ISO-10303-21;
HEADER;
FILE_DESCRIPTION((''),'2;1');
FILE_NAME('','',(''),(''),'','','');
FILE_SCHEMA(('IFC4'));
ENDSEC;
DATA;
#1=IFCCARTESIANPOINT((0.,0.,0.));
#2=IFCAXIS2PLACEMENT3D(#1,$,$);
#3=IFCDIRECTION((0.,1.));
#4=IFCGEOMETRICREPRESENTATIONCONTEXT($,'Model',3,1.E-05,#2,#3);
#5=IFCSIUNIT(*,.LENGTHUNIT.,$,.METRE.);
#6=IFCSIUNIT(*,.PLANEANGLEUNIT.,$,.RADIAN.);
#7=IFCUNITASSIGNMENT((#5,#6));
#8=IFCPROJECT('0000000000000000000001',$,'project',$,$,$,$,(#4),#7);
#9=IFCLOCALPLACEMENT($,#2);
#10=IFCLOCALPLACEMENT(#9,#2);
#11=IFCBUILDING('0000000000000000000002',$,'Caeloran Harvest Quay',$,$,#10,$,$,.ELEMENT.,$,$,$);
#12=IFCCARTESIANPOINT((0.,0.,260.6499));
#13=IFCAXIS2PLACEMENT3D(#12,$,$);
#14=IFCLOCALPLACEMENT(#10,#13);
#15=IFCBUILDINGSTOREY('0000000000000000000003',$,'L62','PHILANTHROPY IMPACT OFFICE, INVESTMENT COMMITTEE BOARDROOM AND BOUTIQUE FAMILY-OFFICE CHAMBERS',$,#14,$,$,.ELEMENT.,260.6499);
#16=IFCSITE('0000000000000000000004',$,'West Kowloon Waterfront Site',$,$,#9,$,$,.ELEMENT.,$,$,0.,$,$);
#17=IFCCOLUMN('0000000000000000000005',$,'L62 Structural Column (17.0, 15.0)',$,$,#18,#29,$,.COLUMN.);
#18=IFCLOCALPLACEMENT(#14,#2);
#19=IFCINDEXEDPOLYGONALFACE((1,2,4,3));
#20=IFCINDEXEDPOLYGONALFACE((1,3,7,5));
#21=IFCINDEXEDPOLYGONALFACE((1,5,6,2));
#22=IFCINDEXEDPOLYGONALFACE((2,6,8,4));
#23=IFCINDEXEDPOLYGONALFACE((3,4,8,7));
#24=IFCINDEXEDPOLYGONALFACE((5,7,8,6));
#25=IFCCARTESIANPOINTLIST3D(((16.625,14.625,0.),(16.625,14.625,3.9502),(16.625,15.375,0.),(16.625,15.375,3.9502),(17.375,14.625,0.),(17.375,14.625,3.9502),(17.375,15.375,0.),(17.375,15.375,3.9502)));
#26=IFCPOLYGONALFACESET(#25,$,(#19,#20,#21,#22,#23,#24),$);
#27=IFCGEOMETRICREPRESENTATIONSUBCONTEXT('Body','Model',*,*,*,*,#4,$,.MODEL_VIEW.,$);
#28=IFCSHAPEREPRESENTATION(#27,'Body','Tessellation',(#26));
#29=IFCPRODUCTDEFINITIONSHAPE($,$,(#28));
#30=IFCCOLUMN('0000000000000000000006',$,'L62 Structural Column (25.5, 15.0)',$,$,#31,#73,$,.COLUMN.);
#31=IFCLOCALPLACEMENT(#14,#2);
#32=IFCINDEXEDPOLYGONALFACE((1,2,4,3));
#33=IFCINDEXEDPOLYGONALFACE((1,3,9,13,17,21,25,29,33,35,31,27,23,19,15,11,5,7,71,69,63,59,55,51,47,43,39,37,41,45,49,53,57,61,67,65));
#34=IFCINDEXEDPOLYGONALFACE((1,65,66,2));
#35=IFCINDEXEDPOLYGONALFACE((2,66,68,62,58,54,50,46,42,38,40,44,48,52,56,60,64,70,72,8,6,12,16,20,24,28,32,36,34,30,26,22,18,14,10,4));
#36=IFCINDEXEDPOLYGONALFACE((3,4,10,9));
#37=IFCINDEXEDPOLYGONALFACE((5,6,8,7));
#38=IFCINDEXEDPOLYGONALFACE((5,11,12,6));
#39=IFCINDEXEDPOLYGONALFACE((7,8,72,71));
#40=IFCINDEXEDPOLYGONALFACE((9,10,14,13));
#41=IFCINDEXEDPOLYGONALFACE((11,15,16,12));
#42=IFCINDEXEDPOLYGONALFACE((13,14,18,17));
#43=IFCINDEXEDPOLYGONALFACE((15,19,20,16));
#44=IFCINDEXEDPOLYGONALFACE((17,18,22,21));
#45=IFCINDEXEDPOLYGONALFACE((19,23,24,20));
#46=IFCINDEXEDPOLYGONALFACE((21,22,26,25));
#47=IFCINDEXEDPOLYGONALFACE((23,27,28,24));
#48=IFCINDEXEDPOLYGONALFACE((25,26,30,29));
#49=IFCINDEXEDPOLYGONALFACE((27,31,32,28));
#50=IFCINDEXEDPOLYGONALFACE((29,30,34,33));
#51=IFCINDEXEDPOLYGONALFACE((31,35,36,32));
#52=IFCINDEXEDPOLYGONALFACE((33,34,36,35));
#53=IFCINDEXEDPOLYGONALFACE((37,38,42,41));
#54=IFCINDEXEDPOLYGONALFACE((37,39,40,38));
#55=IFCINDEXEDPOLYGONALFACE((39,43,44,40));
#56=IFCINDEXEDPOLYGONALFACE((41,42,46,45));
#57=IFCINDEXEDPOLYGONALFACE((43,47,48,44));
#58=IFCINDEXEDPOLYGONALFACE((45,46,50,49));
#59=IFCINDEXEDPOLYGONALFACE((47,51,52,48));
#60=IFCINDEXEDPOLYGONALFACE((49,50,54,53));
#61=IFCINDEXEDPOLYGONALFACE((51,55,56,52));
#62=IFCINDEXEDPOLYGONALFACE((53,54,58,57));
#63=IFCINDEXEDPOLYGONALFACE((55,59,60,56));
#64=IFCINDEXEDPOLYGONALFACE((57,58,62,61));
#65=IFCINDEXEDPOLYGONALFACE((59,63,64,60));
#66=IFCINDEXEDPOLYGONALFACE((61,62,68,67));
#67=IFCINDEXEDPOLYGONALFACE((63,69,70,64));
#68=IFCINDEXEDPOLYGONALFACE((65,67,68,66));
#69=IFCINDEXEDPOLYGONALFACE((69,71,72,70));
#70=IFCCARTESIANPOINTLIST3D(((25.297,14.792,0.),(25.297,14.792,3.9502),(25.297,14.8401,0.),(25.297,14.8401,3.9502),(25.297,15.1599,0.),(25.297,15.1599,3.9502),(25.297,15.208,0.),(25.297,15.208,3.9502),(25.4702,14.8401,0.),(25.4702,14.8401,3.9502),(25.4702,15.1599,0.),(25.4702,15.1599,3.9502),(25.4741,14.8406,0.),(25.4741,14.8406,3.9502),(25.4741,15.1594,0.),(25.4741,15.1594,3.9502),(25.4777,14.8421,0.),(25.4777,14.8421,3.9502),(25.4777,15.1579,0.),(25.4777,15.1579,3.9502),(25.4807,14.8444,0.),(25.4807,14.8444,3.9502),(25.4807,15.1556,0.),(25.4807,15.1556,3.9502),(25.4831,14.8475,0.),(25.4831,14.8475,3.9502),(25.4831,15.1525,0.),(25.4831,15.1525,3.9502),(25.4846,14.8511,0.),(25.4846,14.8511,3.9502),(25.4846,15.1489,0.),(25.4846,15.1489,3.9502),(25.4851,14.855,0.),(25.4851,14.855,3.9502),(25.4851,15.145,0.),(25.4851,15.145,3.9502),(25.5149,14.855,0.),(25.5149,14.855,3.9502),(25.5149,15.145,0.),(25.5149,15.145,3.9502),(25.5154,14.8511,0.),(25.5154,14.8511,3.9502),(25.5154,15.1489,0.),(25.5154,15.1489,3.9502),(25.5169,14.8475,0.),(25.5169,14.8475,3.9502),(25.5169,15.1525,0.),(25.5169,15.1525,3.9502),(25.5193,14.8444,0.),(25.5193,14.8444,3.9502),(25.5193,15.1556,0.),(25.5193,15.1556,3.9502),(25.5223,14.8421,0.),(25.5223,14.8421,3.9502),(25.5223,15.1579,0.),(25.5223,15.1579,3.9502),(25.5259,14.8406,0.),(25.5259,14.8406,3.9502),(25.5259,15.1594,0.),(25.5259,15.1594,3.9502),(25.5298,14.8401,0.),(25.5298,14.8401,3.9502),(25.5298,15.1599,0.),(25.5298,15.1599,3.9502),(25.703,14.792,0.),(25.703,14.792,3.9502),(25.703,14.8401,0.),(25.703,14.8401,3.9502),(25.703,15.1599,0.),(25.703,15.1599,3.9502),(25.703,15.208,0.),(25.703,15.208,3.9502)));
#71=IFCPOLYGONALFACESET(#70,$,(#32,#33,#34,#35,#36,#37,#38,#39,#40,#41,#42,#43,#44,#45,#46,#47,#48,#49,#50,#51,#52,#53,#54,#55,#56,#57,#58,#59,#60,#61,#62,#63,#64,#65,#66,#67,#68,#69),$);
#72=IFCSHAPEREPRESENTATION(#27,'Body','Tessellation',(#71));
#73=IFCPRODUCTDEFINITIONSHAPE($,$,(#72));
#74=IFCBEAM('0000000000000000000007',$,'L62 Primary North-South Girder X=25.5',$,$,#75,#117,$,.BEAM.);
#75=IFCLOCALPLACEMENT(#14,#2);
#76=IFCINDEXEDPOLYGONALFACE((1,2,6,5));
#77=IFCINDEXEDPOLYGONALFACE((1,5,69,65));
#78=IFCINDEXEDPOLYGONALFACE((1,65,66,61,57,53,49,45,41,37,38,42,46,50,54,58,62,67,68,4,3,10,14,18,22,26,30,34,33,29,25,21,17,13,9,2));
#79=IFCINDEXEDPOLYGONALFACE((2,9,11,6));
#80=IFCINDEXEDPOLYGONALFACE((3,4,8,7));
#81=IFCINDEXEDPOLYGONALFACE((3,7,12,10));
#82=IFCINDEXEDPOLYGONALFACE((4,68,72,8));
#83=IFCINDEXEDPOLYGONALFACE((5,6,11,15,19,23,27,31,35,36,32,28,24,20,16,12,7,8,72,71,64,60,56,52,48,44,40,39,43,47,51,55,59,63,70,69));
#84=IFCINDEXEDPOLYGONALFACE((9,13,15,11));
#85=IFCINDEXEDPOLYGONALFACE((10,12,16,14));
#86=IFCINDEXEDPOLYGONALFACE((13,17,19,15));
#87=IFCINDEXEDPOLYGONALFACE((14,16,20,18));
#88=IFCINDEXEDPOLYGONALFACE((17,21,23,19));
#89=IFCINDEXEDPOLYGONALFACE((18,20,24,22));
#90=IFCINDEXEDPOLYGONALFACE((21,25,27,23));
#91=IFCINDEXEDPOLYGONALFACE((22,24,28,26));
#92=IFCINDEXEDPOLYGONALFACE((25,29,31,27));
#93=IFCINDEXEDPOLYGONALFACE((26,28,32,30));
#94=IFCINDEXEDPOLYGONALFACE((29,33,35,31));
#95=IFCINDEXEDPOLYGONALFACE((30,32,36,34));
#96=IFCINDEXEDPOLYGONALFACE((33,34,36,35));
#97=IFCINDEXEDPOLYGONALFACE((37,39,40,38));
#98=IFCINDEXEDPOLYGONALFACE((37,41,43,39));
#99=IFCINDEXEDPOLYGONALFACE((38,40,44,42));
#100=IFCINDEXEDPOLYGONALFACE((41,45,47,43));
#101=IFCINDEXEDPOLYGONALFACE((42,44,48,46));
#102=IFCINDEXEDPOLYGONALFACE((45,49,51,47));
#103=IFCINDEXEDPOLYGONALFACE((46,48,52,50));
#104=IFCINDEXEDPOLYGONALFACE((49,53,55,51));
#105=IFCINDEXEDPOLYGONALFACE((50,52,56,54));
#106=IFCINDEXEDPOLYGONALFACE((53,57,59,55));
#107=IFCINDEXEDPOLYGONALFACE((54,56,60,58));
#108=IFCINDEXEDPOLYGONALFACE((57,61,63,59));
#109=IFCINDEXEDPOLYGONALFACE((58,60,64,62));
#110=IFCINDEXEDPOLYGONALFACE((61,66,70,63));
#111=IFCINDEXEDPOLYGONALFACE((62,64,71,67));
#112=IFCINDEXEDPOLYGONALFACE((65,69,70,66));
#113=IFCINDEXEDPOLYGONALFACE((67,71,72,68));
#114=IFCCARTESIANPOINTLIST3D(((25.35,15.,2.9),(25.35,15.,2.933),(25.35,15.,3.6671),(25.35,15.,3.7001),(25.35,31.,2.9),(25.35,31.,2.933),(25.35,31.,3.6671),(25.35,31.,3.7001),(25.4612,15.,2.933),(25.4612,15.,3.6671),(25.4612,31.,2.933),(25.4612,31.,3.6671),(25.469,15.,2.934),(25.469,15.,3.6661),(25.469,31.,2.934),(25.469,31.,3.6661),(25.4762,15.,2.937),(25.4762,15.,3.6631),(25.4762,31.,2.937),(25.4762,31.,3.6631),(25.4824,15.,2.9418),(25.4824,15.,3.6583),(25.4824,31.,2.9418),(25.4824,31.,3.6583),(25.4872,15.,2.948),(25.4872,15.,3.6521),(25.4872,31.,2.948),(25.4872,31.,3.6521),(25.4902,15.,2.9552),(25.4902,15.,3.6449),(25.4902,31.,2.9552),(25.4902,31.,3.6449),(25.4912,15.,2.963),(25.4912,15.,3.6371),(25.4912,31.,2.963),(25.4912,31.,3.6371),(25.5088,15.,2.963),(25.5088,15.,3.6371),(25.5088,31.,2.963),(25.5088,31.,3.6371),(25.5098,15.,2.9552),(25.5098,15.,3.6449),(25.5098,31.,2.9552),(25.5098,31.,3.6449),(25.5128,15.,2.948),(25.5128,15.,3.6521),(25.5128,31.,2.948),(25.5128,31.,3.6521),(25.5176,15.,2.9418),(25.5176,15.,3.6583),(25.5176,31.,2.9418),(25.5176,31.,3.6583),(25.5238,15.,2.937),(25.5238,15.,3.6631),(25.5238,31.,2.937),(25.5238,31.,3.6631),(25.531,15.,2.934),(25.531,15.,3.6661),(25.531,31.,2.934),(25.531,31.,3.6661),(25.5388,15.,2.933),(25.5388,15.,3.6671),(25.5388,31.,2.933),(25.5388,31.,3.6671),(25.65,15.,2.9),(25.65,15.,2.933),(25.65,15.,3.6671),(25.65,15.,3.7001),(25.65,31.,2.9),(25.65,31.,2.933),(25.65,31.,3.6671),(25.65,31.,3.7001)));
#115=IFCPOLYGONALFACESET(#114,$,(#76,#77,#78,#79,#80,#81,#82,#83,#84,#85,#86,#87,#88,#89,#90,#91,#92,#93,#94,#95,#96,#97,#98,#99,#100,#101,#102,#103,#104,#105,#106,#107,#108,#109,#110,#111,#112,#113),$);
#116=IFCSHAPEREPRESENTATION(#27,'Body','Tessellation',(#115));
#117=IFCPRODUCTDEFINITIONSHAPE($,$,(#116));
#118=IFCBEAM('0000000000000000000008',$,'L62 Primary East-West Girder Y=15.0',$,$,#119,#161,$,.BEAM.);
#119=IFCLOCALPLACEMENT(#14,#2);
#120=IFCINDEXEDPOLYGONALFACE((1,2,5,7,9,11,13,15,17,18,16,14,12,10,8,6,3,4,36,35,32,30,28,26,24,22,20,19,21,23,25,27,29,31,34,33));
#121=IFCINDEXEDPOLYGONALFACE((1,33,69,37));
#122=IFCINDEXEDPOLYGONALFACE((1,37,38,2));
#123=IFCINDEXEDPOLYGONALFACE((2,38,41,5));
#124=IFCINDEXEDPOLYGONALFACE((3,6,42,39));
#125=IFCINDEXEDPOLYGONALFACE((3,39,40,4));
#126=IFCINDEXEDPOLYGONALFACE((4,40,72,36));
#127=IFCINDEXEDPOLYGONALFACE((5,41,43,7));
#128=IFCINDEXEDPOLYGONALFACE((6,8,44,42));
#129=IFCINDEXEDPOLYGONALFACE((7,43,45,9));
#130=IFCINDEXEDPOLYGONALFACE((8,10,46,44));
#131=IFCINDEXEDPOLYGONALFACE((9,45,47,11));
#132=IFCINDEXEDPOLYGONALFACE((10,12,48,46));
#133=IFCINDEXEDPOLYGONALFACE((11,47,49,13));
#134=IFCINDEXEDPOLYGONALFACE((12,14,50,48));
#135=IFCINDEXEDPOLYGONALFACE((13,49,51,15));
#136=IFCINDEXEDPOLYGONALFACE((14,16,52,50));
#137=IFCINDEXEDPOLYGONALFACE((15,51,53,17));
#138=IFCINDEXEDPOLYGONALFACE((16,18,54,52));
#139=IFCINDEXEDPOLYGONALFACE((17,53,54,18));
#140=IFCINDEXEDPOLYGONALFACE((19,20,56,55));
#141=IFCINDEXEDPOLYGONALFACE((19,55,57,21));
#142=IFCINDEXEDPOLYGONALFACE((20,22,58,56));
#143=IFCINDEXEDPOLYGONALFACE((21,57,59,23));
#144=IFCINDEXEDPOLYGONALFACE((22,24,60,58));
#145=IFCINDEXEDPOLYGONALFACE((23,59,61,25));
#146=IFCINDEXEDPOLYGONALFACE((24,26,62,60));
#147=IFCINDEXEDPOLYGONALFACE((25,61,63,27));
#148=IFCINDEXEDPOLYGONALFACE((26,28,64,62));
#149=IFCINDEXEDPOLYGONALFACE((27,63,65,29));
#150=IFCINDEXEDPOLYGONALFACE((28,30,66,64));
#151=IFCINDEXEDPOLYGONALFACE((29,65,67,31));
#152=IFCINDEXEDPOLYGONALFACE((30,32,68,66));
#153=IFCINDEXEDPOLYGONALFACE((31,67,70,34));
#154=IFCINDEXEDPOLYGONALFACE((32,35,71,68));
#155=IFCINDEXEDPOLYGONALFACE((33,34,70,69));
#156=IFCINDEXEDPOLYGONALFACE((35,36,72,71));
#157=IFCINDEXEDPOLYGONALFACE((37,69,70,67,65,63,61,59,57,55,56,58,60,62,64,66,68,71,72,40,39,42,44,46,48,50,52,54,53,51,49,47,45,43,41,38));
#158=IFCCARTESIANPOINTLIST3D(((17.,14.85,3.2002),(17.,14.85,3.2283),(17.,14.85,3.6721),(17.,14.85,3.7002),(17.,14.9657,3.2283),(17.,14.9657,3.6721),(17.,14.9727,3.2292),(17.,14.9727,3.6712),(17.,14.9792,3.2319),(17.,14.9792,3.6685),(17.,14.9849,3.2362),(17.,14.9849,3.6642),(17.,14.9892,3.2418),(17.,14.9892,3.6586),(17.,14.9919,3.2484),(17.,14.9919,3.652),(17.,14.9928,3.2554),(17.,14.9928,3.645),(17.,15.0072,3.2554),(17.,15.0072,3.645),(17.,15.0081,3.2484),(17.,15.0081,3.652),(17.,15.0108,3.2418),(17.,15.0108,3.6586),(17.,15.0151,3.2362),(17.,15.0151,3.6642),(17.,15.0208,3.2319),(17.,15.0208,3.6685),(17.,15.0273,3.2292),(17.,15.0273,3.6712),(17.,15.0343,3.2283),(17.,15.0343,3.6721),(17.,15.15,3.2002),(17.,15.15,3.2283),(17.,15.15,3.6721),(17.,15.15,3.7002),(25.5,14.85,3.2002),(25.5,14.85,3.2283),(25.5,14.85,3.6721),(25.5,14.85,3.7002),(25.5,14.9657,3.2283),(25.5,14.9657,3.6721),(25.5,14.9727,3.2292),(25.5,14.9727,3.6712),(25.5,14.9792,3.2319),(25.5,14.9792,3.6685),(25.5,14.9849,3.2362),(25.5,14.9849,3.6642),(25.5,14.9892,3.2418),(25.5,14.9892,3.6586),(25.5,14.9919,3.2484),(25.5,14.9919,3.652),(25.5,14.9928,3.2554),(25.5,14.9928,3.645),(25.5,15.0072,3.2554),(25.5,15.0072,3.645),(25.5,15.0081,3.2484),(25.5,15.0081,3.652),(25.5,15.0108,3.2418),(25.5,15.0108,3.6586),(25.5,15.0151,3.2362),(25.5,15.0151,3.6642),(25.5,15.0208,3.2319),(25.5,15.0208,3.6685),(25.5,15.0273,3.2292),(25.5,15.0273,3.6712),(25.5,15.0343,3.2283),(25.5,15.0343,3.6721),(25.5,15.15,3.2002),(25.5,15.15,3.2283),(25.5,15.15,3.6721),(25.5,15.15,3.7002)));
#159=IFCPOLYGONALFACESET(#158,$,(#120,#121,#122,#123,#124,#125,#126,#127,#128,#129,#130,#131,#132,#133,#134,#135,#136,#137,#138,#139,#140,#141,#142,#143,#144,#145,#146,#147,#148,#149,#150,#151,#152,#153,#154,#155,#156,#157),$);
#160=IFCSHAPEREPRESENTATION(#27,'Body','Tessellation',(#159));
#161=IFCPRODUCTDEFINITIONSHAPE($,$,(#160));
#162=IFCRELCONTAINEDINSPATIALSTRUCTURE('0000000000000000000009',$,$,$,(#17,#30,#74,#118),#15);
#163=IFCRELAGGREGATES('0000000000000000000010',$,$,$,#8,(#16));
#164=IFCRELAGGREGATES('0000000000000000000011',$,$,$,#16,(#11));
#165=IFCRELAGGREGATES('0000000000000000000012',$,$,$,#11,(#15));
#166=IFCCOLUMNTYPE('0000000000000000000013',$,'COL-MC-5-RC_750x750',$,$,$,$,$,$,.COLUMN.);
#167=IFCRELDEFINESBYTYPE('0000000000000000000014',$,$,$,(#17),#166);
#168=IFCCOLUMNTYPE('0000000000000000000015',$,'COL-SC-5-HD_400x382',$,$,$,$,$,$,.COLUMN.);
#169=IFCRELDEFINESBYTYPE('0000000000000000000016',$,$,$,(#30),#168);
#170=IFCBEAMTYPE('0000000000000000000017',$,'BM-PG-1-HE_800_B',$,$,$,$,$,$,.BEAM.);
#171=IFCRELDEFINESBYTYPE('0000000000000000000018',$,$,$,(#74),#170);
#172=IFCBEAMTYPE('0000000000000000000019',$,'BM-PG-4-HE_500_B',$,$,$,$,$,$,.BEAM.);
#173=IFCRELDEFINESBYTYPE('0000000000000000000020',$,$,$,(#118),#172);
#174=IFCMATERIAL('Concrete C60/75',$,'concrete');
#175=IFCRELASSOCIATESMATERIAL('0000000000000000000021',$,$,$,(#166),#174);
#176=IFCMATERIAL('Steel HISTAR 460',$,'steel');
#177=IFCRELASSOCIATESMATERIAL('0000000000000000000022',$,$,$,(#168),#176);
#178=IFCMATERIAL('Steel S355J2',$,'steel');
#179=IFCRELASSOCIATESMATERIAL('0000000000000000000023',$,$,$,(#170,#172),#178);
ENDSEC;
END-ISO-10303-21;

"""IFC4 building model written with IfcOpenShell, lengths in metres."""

from ifc_helpers import new_model, si_unit, direction, frame, origin, origin_2d, place, context, subcontext, project, spatial, rectangle, i_section, extrude, material, material_profile, profile_set, type_object, element, save


model = new_model("IFC4")

# Units and contexts
model_context = context("Model", 3, precision=1e-05, world=origin(), true_north=direction((0.0, 1.0)))
body_context = subcontext(model_context, "Body", "Model", "MODEL_VIEW")
ifc_project = project(units=[si_unit("LENGTHUNIT", "METRE"), si_unit("PLANEANGLEUNIT", "RADIAN")], contexts=[model_context])

# Site, building, storey
site_placement = place(None, origin())
site = spatial("IfcSite", under=ifc_project, at=site_placement, Name="West Kowloon Waterfront Site", CompositionType="ELEMENT", RefElevation=0.0)
building_placement = place(site_placement, origin())
building = spatial("IfcBuilding", under=site, at=building_placement, Name="Caeloran Harvest Quay", CompositionType="ELEMENT")
storey_placement = place(building_placement, frame((0.0, 0.0, 260.6499)))
storey = spatial("IfcBuildingStorey", under=building, at=storey_placement, Name="L62", Description="PHILANTHROPY IMPACT OFFICE, INVESTMENT COMMITTEE BOARDROOM AND BOUTIQUE FAMILY-OFFICE CHAMBERS", CompositionType="ELEMENT", Elevation=260.6499)

# Columns
ifc_material_1 = material(Name="Concrete C60/75", Category="concrete")
ifc_material_profile_1 = material_profile(ifc_material_1, rectangle(XDim=0.75, YDim=0.75, at=origin_2d()), Name="RC 750x750")
ifc_profile_set_1 = profile_set([ifc_material_profile_1], Name="Concrete C60/75")
column_type_1 = type_object("IfcColumnType", Name="COL-MC-5-RC_750x750", PredefinedType="COLUMN", material=ifc_profile_set_1)
column_1_placement = place(storey_placement, frame((17.0, 15.0, 0.0), z_axis=(0.0, 0.0, 1.0), x_axis=(1.0, 0.0, 0.0)))
element("IfcColumn", 1, at=column_1_placement, inside=storey, type_object=column_type_1, Name="L62 Structural Column (17.0, 15.0)", PredefinedType="COLUMN", context=body_context, shape_type="SweptSolid", body=[
    extrude(rectangle(XDim=0.75, YDim=0.75, at=origin_2d()), origin(), (0.0, 0.0, 1.0), 3.9502),
])
ifc_material_2 = material(Name="Steel HISTAR 460", Category="steel")
ifc_material_profile_2 = material_profile(ifc_material_2, i_section(OverallWidth=0.406, OverallDepth=0.416, WebThickness=0.0298, FlangeThickness=0.0481, FilletRadius=0.0149, at=origin_2d()), Name="HD 400x382")
ifc_profile_set_2 = profile_set([ifc_material_profile_2], Name="Steel HISTAR 460")
column_type_2 = type_object("IfcColumnType", Name="COL-SC-5-HD_400x382", PredefinedType="COLUMN", material=ifc_profile_set_2)
column_2_placement = place(storey_placement, frame((25.5, 15.0, 0.0), z_axis=(0.0, 0.0, 1.0), x_axis=(1.0, 0.0, 0.0)))
element("IfcColumn", 2, at=column_2_placement, inside=storey, type_object=column_type_2, Name="L62 Structural Column (25.5, 15.0)", PredefinedType="COLUMN", context=body_context, shape_type="SweptSolid", body=[
    extrude(i_section(OverallWidth=0.406, OverallDepth=0.416, WebThickness=0.0298, FlangeThickness=0.0481, FilletRadius=0.0149, at=origin_2d()), origin(), (0.0, 0.0, 1.0), 3.9502),
])

# Beams
ifc_material_3 = material(Name="Steel S355J2", Category="steel")
ifc_material_profile_3 = material_profile(ifc_material_3, i_section(OverallWidth=0.3, OverallDepth=0.8, WebThickness=0.0176, FlangeThickness=0.033, FilletRadius=0.03, at=origin_2d()), Name="HE 800 B")
ifc_profile_set_3 = profile_set([ifc_material_profile_3], Name="Steel S355J2")
beam_type_1 = type_object("IfcBeamType", Name="BM-PG-1-HE_800_B", PredefinedType="BEAM", material=ifc_profile_set_3)
beam_1_placement = place(storey_placement, frame((25.5, 15.0, 3.3), z_axis=(0.0, 1.0, 0.0), x_axis=(-1.0, 0.0, 0.0)))
element("IfcBeam", 3, at=beam_1_placement, inside=storey, type_object=beam_type_1, Name="L62 Primary North-South Girder X=25.5", PredefinedType="BEAM", context=body_context, shape_type="SweptSolid", body=[
    extrude(i_section(OverallWidth=0.3, OverallDepth=0.8, WebThickness=0.0176, FlangeThickness=0.033, FilletRadius=0.03, at=origin_2d()), origin(), (0.0, 0.0, 1.0), 16.0),
])
ifc_material_profile_4 = material_profile(ifc_material_3, i_section(OverallWidth=0.3, OverallDepth=0.5, WebThickness=0.0144, FlangeThickness=0.0281, FilletRadius=0.0271, at=origin_2d()), Name="HE 500 B")
ifc_profile_set_4 = profile_set([ifc_material_profile_4], Name="Steel S355J2")
beam_type_2 = type_object("IfcBeamType", Name="BM-PG-4-HE_500_B", PredefinedType="BEAM", material=ifc_profile_set_4)
beam_2_placement = place(storey_placement, frame((17.0, 15.0, 3.4502), z_axis=(1.0, 0.0, 0.0), x_axis=(0.0, 1.0, 0.0)))
element("IfcBeam", 4, at=beam_2_placement, inside=storey, type_object=beam_type_2, Name="L62 Primary East-West Girder Y=15.0", PredefinedType="BEAM", context=body_context, shape_type="SweptSolid", body=[
    extrude(i_section(OverallWidth=0.3, OverallDepth=0.5, WebThickness=0.0144, FlangeThickness=0.0281, FilletRadius=0.0271, at=origin_2d()), origin(), (0.0, 0.0, 1.0), 8.5),
])

save(model, "model.ifc")
